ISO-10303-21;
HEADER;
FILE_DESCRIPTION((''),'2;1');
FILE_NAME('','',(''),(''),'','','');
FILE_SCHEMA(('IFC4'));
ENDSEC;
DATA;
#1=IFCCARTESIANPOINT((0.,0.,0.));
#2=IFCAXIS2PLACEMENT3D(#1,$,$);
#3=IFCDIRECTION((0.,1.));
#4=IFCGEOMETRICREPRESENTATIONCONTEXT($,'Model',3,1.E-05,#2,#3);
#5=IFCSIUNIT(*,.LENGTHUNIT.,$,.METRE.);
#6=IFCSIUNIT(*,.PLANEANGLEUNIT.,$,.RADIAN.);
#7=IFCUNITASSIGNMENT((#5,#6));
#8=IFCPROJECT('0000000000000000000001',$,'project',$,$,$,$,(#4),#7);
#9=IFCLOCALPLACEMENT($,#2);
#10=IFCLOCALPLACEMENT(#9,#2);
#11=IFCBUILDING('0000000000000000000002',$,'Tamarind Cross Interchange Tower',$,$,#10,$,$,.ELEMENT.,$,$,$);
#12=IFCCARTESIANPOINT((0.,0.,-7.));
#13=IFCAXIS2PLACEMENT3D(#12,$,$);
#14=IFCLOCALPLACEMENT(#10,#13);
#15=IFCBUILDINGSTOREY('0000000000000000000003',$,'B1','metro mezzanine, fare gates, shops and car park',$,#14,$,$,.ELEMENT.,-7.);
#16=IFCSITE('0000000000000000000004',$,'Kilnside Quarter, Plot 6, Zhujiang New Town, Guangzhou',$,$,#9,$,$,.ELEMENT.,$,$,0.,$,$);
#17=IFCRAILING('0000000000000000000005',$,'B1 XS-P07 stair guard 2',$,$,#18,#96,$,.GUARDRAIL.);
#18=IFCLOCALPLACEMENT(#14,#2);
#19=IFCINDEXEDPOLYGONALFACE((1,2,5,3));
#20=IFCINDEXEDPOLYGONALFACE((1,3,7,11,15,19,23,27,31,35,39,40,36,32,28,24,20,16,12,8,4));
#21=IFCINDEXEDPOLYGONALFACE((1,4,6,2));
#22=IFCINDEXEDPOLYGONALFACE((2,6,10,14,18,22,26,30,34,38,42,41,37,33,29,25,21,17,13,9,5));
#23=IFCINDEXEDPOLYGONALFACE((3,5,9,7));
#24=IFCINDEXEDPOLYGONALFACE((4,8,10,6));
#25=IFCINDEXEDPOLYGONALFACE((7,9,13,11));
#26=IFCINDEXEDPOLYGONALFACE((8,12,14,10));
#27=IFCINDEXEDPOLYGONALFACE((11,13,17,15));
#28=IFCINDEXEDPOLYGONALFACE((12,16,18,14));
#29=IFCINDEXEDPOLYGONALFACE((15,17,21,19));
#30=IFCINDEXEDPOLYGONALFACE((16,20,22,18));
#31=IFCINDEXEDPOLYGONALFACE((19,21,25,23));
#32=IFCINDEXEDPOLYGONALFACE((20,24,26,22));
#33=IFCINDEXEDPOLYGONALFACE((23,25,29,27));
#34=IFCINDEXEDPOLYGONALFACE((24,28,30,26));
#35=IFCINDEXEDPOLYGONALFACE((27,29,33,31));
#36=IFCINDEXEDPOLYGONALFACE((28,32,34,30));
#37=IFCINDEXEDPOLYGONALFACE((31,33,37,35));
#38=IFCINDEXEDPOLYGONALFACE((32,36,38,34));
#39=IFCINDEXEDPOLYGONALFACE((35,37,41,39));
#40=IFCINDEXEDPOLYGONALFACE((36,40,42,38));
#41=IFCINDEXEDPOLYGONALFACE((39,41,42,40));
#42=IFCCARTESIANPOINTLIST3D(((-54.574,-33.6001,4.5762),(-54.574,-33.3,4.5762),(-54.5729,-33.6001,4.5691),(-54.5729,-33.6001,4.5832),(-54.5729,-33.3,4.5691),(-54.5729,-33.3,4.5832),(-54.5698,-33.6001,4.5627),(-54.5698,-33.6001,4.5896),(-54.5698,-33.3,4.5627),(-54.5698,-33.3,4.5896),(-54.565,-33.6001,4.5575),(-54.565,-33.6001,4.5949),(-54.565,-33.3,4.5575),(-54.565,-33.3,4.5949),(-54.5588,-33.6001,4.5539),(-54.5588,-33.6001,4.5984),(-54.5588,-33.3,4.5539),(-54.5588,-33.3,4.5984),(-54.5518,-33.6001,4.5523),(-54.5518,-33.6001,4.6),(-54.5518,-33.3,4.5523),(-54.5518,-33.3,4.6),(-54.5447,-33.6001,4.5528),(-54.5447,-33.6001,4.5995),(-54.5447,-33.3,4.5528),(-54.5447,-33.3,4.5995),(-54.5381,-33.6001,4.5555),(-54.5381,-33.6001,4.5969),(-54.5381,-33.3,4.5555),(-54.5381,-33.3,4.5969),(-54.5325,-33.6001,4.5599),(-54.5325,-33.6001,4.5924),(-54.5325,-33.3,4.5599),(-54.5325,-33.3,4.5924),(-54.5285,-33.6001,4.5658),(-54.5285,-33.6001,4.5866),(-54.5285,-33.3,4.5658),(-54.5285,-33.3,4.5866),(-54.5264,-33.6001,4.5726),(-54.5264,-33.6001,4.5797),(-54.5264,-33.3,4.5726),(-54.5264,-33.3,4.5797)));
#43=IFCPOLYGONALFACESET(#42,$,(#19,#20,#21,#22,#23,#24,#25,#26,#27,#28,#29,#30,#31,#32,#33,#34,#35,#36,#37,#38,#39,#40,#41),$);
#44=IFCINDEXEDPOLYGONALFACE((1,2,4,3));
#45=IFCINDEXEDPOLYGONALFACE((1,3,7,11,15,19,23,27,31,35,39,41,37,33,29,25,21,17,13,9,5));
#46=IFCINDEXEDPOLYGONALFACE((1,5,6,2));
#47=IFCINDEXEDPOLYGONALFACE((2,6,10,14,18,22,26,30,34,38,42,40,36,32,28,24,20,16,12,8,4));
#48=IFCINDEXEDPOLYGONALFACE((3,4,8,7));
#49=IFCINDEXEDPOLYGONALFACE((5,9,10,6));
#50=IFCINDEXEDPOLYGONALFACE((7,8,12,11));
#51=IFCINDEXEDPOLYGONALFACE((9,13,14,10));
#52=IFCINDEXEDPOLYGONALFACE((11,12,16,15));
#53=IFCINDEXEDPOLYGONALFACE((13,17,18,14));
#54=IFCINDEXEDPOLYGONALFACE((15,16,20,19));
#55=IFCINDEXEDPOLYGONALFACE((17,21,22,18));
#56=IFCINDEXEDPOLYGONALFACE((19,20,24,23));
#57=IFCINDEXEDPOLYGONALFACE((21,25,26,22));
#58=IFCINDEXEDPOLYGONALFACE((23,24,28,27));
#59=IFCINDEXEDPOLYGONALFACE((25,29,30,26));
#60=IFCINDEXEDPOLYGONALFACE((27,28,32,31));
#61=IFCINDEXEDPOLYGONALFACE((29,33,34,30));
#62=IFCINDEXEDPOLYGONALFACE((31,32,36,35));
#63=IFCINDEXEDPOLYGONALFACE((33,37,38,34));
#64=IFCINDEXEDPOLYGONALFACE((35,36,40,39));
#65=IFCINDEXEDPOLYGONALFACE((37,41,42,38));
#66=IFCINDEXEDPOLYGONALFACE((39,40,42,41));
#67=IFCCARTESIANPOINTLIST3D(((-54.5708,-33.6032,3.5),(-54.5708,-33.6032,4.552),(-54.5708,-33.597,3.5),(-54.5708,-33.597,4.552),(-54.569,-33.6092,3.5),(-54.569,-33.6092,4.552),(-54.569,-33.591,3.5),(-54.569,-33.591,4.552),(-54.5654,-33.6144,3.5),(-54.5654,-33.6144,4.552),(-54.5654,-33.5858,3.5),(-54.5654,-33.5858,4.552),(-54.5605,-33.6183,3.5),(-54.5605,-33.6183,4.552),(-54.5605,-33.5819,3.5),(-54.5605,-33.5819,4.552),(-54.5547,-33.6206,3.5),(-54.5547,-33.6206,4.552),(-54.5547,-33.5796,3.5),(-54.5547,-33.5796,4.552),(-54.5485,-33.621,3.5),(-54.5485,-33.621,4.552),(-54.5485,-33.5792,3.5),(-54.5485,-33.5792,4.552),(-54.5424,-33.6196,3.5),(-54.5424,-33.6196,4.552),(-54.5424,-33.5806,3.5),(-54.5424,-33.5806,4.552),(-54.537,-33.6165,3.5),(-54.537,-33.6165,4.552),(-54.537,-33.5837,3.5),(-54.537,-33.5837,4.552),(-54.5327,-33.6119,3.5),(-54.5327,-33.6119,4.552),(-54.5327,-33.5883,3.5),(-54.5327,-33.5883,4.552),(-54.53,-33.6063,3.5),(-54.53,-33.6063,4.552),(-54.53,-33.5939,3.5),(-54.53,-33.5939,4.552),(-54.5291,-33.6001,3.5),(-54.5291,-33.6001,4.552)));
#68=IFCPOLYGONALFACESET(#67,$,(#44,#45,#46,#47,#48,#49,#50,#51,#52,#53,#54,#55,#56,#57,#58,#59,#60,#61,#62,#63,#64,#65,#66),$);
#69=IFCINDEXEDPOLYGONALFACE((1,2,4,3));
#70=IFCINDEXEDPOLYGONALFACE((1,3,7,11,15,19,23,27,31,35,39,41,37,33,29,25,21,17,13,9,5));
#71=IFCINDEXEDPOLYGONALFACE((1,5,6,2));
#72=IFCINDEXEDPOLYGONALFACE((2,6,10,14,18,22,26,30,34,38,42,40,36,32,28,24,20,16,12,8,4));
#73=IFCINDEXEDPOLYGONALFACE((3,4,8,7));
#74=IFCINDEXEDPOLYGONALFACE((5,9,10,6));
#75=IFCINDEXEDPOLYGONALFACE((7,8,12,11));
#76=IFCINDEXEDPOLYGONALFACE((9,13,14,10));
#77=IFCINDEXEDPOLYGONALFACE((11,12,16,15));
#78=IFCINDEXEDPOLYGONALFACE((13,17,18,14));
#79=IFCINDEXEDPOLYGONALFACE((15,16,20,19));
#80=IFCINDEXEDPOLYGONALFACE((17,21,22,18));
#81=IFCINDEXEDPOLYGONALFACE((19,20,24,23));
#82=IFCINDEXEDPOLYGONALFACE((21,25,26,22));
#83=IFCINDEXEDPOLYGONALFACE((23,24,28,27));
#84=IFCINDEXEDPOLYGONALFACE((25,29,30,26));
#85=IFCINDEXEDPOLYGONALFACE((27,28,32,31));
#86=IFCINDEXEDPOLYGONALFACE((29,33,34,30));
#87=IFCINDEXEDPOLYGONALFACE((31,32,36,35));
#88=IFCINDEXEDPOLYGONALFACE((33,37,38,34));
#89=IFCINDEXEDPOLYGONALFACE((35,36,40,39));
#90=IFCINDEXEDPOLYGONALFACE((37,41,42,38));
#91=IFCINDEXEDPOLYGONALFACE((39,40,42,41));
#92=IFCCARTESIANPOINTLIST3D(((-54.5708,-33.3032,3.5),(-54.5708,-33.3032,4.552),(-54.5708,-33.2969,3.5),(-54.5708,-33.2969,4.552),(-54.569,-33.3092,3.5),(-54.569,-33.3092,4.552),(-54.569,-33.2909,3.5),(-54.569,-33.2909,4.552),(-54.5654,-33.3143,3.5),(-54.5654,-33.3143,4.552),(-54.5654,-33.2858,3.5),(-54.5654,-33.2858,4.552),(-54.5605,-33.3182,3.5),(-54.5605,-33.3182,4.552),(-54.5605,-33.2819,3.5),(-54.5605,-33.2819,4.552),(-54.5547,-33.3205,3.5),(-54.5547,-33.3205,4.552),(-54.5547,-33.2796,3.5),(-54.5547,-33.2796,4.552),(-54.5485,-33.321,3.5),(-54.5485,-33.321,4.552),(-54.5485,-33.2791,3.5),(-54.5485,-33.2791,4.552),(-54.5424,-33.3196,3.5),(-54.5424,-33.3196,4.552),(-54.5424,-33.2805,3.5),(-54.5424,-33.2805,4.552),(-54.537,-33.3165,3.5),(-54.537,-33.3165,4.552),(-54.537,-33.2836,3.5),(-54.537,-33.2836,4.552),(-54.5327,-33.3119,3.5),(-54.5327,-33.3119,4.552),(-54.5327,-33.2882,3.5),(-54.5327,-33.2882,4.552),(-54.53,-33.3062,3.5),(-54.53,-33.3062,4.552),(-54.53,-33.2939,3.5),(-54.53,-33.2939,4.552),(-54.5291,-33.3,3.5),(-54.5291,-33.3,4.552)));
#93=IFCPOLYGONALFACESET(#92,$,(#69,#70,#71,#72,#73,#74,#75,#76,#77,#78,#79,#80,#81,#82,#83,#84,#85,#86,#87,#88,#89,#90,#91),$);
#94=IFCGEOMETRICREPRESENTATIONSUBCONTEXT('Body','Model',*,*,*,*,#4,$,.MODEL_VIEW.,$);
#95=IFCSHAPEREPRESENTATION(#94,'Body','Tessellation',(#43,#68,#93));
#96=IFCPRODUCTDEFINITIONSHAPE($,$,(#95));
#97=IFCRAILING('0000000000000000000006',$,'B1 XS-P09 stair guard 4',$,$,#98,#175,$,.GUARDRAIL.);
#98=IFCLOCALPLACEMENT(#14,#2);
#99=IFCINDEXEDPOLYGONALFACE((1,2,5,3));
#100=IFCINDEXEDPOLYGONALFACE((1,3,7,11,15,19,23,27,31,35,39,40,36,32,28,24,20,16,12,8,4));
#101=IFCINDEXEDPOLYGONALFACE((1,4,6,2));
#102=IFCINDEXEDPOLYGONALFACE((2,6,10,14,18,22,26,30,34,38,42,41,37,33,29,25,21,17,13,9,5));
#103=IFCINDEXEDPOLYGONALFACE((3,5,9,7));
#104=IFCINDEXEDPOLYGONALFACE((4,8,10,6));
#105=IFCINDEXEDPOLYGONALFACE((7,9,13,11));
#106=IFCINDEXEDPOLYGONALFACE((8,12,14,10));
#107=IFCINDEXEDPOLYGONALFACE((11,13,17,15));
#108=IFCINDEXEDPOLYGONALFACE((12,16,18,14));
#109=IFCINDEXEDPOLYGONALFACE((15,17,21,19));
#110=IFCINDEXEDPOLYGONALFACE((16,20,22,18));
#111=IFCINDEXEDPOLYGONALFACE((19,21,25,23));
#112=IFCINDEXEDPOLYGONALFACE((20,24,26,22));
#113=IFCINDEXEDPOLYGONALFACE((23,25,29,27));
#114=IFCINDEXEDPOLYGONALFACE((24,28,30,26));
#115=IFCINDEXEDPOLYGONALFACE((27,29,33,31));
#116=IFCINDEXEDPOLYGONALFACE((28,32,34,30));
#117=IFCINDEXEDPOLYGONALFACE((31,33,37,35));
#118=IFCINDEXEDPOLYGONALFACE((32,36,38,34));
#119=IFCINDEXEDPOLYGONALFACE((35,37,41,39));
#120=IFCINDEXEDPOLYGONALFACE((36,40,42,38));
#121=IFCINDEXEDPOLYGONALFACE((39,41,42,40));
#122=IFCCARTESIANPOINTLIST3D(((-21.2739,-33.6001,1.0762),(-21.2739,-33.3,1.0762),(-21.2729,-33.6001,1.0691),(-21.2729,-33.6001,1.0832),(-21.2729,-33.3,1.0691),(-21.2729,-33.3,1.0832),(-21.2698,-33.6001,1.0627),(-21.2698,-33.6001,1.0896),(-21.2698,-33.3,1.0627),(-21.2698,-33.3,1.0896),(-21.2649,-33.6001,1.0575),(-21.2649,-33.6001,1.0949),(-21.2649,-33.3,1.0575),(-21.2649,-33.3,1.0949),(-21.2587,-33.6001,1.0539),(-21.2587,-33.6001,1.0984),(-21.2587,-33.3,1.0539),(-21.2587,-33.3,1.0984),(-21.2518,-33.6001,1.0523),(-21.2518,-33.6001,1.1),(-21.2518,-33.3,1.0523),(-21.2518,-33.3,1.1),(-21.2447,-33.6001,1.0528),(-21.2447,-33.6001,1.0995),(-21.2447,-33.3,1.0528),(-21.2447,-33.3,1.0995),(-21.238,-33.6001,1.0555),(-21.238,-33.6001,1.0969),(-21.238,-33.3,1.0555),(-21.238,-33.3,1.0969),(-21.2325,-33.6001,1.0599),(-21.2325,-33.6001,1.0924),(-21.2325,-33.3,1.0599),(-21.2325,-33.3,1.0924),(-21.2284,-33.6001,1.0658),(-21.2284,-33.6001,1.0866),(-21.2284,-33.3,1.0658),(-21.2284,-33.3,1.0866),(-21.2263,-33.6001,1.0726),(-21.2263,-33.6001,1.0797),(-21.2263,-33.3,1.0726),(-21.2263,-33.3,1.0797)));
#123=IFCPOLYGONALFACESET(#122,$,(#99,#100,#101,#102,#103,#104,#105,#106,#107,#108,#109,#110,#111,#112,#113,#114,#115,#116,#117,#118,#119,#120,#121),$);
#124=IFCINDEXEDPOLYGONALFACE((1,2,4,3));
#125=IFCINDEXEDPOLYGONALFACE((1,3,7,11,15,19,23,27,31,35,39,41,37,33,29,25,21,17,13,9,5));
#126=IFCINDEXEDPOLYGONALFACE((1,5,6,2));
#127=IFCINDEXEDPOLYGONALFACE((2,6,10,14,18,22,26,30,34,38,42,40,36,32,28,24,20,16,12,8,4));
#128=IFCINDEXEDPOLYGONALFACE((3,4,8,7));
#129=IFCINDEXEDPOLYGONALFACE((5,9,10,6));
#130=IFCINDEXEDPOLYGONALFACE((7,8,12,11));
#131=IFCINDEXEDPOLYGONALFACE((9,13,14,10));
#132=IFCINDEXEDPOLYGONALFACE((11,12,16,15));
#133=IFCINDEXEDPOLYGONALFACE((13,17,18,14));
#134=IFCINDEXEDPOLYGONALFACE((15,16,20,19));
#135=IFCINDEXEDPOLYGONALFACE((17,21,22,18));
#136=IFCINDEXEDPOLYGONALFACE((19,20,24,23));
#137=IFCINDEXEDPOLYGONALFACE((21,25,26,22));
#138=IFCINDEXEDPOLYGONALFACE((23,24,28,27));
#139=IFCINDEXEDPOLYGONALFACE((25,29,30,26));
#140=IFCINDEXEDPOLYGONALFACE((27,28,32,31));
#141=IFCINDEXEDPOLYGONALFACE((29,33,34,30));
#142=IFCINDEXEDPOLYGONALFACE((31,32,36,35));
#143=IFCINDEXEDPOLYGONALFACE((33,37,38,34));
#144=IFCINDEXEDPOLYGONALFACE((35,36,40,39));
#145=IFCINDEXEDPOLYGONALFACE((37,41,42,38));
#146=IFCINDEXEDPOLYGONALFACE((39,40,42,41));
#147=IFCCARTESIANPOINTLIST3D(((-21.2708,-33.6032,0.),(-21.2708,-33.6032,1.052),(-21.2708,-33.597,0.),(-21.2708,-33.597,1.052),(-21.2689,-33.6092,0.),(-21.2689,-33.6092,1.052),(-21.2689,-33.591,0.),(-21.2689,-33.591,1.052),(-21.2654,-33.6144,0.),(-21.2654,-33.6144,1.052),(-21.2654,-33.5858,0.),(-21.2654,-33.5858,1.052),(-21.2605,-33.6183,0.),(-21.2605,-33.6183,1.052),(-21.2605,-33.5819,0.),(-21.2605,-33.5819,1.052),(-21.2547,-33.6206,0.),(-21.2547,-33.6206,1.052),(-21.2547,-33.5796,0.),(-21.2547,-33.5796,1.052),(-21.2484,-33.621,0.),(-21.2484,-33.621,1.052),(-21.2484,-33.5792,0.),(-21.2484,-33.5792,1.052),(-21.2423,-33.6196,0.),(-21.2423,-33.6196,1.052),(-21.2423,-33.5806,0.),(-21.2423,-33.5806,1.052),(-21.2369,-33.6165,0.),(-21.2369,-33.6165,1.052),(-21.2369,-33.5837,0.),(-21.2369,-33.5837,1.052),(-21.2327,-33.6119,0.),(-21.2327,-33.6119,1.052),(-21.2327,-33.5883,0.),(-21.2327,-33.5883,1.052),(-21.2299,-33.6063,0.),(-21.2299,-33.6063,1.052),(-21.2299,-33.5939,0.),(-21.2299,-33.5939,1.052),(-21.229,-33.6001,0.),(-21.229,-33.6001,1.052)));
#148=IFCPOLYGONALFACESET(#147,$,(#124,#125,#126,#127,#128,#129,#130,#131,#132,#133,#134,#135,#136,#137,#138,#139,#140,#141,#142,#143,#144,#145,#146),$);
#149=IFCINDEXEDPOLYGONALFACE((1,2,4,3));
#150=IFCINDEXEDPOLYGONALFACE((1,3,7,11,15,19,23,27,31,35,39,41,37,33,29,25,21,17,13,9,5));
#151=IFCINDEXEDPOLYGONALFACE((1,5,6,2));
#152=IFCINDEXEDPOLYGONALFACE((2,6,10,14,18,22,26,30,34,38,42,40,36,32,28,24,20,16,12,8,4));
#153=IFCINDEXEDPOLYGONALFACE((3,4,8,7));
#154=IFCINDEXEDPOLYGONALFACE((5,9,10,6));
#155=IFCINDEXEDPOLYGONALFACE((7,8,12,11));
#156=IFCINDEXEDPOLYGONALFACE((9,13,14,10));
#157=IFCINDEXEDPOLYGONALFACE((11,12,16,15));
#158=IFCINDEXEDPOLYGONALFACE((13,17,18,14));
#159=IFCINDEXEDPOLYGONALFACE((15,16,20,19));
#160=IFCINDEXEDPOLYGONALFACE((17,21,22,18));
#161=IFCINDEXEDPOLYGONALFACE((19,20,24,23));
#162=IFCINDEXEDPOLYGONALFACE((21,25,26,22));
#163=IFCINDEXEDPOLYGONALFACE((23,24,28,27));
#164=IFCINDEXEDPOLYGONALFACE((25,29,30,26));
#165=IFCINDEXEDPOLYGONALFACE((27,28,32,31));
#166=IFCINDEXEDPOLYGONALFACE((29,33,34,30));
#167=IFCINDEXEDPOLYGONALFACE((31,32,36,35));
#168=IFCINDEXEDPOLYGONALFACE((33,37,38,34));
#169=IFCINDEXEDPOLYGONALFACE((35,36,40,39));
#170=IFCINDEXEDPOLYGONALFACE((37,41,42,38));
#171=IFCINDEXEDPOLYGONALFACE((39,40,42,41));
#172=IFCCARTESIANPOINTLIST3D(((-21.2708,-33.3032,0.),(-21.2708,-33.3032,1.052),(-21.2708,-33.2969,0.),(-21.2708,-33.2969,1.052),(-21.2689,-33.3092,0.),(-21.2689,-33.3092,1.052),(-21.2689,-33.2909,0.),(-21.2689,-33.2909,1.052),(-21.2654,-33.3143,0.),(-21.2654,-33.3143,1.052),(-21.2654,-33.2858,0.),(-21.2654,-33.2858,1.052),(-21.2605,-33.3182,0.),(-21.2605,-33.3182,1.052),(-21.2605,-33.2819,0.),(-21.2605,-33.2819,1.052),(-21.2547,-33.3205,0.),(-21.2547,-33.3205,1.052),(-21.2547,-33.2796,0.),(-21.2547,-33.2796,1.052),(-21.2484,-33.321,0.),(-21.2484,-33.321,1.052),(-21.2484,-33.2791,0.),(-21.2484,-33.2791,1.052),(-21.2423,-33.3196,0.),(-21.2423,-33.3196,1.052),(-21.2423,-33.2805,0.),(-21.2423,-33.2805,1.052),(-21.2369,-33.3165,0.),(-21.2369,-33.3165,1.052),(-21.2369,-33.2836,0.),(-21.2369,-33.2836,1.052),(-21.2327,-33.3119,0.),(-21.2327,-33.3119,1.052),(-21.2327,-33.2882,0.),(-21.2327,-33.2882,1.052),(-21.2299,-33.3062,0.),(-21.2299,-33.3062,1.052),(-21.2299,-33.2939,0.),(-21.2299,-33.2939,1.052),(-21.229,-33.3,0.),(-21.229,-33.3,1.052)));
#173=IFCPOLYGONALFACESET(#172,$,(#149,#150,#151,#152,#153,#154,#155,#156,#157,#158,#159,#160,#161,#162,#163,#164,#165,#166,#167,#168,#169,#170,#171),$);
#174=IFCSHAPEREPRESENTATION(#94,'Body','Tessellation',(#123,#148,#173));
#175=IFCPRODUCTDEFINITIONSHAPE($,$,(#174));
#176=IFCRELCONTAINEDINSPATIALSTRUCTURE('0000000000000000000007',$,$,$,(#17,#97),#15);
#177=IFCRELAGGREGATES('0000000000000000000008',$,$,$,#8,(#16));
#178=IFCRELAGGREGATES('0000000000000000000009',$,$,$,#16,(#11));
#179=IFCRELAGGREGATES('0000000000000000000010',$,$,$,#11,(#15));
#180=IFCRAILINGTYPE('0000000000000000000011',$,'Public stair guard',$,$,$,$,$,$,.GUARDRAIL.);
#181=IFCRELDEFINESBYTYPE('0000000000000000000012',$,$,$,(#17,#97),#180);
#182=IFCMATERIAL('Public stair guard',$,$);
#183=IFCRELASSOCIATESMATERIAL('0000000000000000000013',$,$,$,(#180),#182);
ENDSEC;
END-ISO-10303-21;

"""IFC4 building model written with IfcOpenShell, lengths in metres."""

from ifc_helpers import new_model, si_unit, direction, frame, origin, origin_2d, place, context, subcontext, project, spatial, circle, extrude, material, type_object, element, save


model = new_model("IFC4")

# Units and contexts
model_context = context("Model", 3, precision=1e-05, world=origin(), true_north=direction((0.0, 1.0)))
body_context = subcontext(model_context, "Body", "Model", "MODEL_VIEW")
ifc_project = project(units=[si_unit("LENGTHUNIT", "METRE"), si_unit("PLANEANGLEUNIT", "RADIAN")], contexts=[model_context])

# Site, building, storey
site_placement = place(None, origin())
site = spatial("IfcSite", under=ifc_project, at=site_placement, Name="Kilnside Quarter, Plot 6, Zhujiang New Town, Guangzhou", CompositionType="ELEMENT", RefElevation=0.0)
building_placement = place(site_placement, origin())
building = spatial("IfcBuilding", under=site, at=building_placement, Name="Tamarind Cross Interchange Tower", CompositionType="ELEMENT")
storey_placement = place(building_placement, frame((0.0, 0.0, -7.0)))
storey = spatial("IfcBuildingStorey", under=building, at=storey_placement, Name="B1", Description="metro mezzanine, fare gates, shops and car park", CompositionType="ELEMENT", Elevation=-7.0)

# Railings
ifc_material_1 = material(Name="Public stair guard")
railing_type_1 = type_object("IfcRailingType", Name="Public stair guard", PredefinedType="GUARDRAIL", material=ifc_material_1)
for number, where, name in (
    (1, (-54.55, -33.6001, 3.5), "B1 XS-P07 stair guard 2"),
    (2, (-21.25, -33.6001, 0.0), "B1 XS-P09 stair guard 4"),
):
    element("IfcRailing", number, at=place(storey_placement, frame(where)), inside=storey, type_object=railing_type_1, Name=name, PredefinedType="GUARDRAIL", context=body_context, shape_type="SweptSolid", body=[
        extrude(circle(Radius=0.0239, at=origin_2d()), frame((0.0, 0.0, 1.0762), z_axis=(0.0, 1.0, 0.0), x_axis=(-1.0, 0.0, 0.0)), (0.0, 0.0, 1.0), 0.3),
        extrude(circle(Radius=0.021, at=origin_2d()), origin(), (0.0, 0.0, 1.0), 1.052),
        extrude(circle(Radius=0.021, at=origin_2d()), frame((0.0, 0.3, 0.0)), (0.0, 0.0, 1.0), 1.052),
    ])

save(model, "model.ifc")
